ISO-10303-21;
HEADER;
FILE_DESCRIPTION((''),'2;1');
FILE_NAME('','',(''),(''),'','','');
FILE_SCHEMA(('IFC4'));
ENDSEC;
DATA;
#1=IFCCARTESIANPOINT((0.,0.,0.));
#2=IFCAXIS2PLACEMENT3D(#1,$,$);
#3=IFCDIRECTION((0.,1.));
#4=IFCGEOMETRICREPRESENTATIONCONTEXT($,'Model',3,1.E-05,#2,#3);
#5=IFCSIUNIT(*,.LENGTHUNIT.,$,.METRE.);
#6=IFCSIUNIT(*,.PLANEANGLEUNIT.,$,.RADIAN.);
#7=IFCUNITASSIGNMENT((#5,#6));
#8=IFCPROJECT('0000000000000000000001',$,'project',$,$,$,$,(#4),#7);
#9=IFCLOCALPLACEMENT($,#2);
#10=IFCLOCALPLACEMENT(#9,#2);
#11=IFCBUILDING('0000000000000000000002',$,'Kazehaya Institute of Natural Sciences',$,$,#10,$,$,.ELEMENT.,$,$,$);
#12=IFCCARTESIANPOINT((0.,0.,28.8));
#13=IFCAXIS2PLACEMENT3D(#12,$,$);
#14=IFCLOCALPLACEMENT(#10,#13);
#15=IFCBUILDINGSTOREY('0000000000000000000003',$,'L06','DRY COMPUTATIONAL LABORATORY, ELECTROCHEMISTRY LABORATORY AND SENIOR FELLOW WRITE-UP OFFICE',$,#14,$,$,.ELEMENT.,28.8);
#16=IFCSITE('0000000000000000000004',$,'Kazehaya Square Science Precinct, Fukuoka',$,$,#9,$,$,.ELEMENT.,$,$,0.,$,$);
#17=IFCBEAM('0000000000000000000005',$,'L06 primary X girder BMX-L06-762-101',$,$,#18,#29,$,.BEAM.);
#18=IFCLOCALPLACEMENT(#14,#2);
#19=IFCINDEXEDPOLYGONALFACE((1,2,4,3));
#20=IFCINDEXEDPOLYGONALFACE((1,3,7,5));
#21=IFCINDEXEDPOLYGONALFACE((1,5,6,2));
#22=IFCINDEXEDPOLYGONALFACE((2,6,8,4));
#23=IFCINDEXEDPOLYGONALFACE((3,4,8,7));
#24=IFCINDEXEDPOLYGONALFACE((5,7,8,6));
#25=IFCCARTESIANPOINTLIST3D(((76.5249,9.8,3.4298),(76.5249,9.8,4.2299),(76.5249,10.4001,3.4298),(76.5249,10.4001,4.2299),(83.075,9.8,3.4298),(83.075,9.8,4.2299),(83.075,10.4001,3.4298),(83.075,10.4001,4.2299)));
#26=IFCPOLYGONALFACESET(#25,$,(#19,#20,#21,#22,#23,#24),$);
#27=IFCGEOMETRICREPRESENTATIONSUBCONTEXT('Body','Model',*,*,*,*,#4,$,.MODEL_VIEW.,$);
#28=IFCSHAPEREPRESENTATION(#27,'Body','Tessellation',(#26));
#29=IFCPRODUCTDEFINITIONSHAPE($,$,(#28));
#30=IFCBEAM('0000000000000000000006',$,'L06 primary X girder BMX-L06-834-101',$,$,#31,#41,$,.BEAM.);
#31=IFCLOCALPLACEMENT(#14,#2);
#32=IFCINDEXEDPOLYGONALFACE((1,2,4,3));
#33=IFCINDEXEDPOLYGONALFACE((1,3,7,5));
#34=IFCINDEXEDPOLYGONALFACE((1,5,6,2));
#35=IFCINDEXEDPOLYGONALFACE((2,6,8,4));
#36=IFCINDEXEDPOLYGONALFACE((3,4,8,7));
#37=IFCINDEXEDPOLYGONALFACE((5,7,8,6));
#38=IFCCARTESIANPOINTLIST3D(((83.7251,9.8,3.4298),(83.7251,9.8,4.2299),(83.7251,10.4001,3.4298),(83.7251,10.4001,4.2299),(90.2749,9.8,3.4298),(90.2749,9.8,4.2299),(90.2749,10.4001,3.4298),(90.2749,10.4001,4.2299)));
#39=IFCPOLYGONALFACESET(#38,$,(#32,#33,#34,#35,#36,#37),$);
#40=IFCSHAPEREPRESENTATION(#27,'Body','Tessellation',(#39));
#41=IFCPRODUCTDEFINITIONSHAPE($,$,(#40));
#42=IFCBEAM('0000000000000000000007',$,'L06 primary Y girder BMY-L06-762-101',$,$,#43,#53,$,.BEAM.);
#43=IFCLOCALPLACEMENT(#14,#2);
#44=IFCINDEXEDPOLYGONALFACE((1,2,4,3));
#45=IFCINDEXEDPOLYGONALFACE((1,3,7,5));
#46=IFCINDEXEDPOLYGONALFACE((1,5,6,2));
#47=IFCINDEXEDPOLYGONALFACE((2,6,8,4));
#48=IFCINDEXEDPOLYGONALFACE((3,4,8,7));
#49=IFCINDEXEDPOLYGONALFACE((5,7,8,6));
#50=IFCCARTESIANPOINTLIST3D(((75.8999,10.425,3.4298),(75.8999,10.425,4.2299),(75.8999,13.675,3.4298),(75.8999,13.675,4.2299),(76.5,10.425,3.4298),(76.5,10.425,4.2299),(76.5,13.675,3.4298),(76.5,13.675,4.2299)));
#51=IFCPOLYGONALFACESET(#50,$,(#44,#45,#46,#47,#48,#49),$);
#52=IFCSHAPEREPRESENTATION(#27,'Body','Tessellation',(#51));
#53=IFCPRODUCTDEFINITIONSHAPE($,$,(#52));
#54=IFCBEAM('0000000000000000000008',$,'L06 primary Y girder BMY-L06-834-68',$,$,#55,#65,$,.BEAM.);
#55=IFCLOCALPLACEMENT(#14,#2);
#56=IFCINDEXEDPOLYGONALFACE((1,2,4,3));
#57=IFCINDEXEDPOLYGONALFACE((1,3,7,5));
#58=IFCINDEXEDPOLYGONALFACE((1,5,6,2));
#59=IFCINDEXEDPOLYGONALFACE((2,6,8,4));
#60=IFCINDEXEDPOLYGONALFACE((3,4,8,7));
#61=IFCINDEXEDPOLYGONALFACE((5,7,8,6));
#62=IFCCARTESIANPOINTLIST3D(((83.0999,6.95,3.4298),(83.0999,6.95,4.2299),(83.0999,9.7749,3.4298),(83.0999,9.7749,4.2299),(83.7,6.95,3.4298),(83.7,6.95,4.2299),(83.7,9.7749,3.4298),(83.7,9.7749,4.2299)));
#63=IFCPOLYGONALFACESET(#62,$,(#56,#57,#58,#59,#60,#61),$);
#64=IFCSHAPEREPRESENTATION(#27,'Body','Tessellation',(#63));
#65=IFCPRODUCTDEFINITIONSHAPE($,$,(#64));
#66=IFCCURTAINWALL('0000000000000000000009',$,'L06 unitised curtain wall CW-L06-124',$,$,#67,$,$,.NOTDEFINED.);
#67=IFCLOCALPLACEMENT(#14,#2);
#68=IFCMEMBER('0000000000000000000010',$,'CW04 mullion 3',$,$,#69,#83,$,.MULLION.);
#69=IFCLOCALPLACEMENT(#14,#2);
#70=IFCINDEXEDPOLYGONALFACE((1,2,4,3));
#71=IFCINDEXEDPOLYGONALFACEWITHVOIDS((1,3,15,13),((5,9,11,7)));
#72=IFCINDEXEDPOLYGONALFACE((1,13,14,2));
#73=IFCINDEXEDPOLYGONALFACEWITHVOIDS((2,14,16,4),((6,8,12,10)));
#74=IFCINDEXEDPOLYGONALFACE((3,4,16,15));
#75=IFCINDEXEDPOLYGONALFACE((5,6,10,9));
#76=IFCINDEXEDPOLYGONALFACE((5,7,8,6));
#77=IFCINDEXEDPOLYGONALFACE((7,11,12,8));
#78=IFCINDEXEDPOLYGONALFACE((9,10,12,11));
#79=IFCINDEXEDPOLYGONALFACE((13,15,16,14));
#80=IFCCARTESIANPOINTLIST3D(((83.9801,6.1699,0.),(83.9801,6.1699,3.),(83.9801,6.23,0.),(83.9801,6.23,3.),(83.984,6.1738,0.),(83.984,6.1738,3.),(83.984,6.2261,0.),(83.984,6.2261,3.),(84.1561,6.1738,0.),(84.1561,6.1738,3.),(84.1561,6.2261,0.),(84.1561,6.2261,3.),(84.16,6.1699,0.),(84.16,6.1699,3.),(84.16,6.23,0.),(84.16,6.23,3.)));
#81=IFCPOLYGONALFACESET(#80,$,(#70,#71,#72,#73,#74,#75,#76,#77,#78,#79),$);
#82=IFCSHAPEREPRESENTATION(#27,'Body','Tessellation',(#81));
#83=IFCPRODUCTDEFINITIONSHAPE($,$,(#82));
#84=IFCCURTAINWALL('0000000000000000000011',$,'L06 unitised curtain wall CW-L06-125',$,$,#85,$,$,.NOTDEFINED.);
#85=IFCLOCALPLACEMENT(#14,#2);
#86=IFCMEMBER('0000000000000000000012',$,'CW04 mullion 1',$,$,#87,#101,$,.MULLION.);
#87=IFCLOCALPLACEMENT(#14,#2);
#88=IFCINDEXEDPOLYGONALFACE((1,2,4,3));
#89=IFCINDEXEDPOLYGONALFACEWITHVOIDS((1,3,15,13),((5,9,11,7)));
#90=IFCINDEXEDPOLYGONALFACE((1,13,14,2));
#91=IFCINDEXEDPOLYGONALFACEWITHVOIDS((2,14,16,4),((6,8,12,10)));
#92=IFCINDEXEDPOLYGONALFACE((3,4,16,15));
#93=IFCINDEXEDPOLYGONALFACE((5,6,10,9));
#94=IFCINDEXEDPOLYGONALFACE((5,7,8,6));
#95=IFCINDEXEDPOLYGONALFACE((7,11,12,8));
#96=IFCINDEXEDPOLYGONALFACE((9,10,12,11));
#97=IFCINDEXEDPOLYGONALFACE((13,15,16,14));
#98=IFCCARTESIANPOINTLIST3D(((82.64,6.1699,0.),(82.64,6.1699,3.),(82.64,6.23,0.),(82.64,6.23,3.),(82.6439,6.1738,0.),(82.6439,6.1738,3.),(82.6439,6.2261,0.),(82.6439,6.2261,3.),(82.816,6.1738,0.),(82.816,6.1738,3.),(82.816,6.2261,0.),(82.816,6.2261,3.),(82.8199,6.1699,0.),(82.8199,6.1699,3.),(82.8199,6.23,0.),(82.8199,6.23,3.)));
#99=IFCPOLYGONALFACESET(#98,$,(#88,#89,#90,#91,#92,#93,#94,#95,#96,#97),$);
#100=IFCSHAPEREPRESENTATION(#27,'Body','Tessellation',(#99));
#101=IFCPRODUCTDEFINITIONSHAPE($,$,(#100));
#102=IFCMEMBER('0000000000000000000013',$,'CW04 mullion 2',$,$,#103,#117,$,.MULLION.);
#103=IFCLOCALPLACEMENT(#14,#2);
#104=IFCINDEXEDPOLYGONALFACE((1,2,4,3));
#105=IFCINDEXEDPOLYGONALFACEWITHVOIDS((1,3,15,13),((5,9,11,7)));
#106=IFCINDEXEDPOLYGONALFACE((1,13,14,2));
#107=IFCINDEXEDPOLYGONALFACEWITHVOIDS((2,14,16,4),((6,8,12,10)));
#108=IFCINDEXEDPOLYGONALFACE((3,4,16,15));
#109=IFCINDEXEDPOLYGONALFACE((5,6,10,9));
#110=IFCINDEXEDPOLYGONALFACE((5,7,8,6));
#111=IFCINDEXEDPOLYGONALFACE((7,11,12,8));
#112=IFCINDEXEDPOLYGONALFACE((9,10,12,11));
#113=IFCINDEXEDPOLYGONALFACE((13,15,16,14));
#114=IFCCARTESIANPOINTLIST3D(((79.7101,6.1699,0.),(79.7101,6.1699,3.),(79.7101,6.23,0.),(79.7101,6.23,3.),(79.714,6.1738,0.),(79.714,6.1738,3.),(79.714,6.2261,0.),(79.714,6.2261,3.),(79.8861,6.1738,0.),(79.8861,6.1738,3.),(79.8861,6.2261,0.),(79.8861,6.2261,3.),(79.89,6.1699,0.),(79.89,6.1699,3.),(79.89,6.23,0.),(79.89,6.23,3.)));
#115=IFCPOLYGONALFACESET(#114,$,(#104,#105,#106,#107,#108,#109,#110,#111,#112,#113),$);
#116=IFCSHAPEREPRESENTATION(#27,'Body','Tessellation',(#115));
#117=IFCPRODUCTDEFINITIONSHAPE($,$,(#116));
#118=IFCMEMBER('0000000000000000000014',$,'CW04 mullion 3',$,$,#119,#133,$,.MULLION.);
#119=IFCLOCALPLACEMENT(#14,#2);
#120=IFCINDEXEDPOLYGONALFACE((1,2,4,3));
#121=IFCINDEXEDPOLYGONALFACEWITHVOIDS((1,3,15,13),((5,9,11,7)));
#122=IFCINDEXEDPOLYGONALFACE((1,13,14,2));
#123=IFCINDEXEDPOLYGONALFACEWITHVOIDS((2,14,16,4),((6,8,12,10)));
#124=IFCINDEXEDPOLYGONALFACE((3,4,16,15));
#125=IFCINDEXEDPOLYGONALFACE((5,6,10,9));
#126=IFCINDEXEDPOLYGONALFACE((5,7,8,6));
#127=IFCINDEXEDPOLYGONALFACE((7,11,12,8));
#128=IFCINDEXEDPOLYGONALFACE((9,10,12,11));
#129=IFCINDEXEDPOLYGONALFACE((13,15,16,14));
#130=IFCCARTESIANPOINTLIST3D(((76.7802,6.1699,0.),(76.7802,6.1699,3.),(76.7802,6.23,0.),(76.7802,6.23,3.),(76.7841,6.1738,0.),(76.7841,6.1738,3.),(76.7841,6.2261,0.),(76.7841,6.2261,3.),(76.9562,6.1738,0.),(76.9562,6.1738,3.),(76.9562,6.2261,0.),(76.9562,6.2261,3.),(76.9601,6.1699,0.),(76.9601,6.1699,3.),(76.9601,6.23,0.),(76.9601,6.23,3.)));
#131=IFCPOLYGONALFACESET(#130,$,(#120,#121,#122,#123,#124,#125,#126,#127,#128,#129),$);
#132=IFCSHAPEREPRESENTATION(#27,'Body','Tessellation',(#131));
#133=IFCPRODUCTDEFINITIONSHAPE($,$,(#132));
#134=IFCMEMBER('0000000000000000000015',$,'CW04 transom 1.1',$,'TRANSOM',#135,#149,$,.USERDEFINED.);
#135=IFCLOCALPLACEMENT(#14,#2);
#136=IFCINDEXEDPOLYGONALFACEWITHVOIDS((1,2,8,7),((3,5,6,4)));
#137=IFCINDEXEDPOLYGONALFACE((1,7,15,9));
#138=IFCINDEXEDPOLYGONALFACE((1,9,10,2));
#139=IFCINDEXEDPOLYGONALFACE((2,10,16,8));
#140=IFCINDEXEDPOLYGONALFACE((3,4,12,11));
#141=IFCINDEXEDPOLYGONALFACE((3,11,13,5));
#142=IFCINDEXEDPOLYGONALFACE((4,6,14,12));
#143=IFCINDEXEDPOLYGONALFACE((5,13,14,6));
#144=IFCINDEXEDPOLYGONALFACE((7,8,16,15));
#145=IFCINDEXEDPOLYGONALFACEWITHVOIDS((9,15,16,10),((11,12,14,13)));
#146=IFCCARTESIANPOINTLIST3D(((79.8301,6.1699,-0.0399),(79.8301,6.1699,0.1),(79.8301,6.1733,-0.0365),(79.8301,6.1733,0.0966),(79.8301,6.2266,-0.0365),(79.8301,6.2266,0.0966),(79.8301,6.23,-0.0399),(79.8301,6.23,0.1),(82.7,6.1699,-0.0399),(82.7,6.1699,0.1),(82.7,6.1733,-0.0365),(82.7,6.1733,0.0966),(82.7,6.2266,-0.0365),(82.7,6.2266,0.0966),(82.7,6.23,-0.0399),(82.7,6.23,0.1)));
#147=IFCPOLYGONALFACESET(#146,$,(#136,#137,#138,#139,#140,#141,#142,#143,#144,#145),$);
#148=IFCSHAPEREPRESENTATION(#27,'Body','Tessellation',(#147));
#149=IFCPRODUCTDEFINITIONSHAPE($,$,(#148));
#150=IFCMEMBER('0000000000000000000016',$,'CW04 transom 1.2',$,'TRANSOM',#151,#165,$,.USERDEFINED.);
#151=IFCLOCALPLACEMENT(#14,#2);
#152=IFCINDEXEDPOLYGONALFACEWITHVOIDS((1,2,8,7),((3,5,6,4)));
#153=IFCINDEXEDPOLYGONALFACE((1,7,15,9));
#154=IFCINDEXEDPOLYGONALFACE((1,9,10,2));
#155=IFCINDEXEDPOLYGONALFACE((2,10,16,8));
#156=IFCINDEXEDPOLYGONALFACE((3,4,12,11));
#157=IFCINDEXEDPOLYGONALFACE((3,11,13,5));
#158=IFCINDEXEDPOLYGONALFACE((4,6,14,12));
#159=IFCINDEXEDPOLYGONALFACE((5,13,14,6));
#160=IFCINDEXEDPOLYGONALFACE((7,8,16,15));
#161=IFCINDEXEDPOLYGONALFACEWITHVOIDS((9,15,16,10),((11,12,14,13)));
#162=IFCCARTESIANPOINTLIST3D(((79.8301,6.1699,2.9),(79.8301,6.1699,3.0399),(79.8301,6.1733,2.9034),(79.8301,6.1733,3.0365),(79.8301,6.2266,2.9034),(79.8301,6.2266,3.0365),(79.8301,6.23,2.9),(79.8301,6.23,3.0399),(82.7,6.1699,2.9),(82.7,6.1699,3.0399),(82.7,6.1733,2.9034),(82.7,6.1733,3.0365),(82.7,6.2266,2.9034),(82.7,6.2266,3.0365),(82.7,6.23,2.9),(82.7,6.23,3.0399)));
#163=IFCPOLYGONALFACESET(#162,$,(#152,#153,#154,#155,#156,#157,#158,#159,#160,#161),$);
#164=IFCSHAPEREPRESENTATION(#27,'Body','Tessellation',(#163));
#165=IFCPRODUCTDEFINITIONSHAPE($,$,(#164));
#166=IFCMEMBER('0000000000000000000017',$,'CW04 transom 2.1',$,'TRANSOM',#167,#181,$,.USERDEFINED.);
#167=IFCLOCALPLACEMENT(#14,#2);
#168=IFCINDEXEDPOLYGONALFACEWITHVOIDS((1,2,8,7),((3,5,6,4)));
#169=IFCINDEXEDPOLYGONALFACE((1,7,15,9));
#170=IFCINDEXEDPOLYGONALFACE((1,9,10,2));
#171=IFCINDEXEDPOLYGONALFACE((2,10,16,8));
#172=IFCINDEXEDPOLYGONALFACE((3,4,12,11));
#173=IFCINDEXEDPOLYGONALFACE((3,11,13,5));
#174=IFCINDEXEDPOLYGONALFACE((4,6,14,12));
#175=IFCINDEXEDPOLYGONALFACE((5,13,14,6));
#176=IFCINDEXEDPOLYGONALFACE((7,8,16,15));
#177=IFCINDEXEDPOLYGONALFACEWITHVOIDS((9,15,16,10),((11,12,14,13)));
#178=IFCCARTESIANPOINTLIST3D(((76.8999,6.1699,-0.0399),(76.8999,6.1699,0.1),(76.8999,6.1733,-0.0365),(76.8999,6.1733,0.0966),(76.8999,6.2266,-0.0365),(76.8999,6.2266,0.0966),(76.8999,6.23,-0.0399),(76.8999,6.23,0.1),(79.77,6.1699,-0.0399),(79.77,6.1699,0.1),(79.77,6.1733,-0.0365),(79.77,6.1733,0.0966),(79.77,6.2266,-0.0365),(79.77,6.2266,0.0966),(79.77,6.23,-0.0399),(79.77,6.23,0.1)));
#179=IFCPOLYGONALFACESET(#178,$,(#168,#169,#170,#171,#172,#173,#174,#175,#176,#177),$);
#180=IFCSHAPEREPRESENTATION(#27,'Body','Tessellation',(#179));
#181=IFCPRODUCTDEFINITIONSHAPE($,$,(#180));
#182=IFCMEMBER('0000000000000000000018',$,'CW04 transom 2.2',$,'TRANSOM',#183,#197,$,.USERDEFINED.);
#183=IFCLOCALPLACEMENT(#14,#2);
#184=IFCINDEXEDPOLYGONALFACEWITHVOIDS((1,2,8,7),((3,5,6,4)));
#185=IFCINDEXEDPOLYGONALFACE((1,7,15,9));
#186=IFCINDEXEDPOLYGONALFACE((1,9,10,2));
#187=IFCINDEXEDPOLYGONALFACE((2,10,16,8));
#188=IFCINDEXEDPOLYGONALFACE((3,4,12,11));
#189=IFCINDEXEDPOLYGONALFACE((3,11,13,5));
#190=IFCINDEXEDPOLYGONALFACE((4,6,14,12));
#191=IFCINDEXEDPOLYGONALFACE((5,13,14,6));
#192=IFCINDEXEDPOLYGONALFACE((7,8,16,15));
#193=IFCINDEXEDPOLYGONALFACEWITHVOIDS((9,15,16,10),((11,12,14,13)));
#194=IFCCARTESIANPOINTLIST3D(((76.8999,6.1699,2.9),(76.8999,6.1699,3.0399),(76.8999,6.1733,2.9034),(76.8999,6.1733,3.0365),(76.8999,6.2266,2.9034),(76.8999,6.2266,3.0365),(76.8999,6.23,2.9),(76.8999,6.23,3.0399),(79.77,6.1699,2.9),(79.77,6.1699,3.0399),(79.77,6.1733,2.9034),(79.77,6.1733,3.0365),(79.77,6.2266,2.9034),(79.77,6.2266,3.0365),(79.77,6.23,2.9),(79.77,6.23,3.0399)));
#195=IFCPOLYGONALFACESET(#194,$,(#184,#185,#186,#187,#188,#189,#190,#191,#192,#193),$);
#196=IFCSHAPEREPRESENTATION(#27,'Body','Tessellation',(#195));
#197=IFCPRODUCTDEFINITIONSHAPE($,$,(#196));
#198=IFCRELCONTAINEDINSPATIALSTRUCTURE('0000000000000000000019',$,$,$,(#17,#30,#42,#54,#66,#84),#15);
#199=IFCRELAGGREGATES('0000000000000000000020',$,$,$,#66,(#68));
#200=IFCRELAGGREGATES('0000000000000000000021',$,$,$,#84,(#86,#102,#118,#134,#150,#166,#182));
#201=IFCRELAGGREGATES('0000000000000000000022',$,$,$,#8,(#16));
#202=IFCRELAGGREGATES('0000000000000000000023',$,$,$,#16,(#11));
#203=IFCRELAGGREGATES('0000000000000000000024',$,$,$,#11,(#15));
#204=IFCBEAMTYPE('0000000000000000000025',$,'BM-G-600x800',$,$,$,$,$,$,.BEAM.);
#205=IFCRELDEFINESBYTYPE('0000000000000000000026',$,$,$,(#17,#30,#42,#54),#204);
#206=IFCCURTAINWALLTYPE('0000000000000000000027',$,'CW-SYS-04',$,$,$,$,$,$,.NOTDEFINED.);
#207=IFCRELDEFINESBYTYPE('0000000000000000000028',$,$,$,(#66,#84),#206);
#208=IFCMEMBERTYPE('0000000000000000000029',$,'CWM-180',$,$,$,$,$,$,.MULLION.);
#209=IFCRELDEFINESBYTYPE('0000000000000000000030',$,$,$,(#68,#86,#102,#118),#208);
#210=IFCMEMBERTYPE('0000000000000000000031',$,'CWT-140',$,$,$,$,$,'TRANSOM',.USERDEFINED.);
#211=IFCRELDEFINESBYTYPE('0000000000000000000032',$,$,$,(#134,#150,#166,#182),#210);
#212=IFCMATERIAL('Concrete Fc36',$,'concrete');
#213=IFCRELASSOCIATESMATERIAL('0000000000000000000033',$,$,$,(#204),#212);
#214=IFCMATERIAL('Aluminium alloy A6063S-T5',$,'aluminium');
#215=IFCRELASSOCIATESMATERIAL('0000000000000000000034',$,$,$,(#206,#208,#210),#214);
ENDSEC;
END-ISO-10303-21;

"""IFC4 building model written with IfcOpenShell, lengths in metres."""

from ifc_helpers import new_model, si_unit, direction, frame, origin, origin_2d, place, context, subcontext, project, spatial, rectangle, hollow_rectangle, extrude, material, material_profile, profile_set, type_object, element, aggregate, save


model = new_model("IFC4")

# Units and contexts
model_context = context("Model", 3, precision=1e-05, world=origin(), true_north=direction((0.0, 1.0)))
body_context = subcontext(model_context, "Body", "Model", "MODEL_VIEW")
ifc_project = project(units=[si_unit("LENGTHUNIT", "METRE"), si_unit("PLANEANGLEUNIT", "RADIAN")], contexts=[model_context])

# Site, building, storey
site_placement = place(None, origin())
site = spatial("IfcSite", under=ifc_project, at=site_placement, Name="Kazehaya Square Science Precinct, Fukuoka", CompositionType="ELEMENT", RefElevation=0.0)
building_placement = place(site_placement, origin())
building = spatial("IfcBuilding", under=site, at=building_placement, Name="Kazehaya Institute of Natural Sciences", CompositionType="ELEMENT")
storey_placement = place(building_placement, frame((0.0, 0.0, 28.8)))
storey = spatial("IfcBuildingStorey", under=building, at=storey_placement, Name="L06", Description="DRY COMPUTATIONAL LABORATORY, ELECTROCHEMISTRY LABORATORY AND SENIOR FELLOW WRITE-UP OFFICE", CompositionType="ELEMENT", Elevation=28.8)

# Shared definitions
ifc_material_1 = material(Name="Concrete Fc36", Category="concrete")

# Beams
ifc_material_profile_1 = material_profile(ifc_material_1, rectangle(XDim=0.6001, YDim=0.8, at=origin_2d()), Name="RC-600x800")
ifc_profile_set_1 = profile_set([ifc_material_profile_1], Name="Concrete Fc36")
beam_type = type_object("IfcBeamType", Name="BM-G-600x800", PredefinedType="BEAM", material=ifc_profile_set_1)
beam_1_placement = place(storey_placement, frame((76.5249, 10.1001, 3.8298), z_axis=(1.0, 0.0, 0.0), x_axis=(0.0, 1.0, 0.0)))
element("IfcBeam", 1, at=beam_1_placement, inside=storey, type_object=beam_type, Name="L06 primary X girder BMX-L06-762-101", PredefinedType="BEAM", context=body_context, shape_type="SweptSolid", body=[
    extrude(rectangle(XDim=0.6001, YDim=0.8, at=origin_2d()), origin(), (0.0, 0.0, 1.0), 6.55),
])
beam_2_placement = place(storey_placement, frame((83.7251, 10.1001, 3.8298), z_axis=(1.0, 0.0, 0.0), x_axis=(0.0, 1.0, 0.0)))
element("IfcBeam", 2, at=beam_2_placement, inside=storey, type_object=beam_type, Name="L06 primary X girder BMX-L06-834-101", PredefinedType="BEAM", context=body_context, shape_type="SweptSolid", body=[
    extrude(rectangle(XDim=0.6001, YDim=0.8, at=origin_2d()), origin(), (0.0, 0.0, 1.0), 6.5498),
])
beam_3_placement = place(storey_placement, frame((76.2, 10.425, 3.8298), z_axis=(0.0, 1.0, 0.0), x_axis=(-1.0, 0.0, 0.0)))
element("IfcBeam", 3, at=beam_3_placement, inside=storey, type_object=beam_type, Name="L06 primary Y girder BMY-L06-762-101", PredefinedType="BEAM", context=body_context, shape_type="SweptSolid", body=[
    extrude(rectangle(XDim=0.6001, YDim=0.8, at=origin_2d()), origin(), (0.0, 0.0, 1.0), 3.25),
])
beam_4_placement = place(storey_placement, frame((83.3999, 6.95, 3.8298), z_axis=(0.0, 1.0, 0.0), x_axis=(-1.0, 0.0, 0.0)))
element("IfcBeam", 4, at=beam_4_placement, inside=storey, type_object=beam_type, Name="L06 primary Y girder BMY-L06-834-68", PredefinedType="BEAM", context=body_context, shape_type="SweptSolid", body=[
    extrude(rectangle(XDim=0.6001, YDim=0.8, at=origin_2d()), origin(), (0.0, 0.0, 1.0), 2.825),
])

# Curtain wall, member
ifc_material_2 = material(Name="Aluminium alloy A6063S-T5", Category="aluminium")
curtain_wall_type = type_object("IfcCurtainWallType", Name="CW-SYS-04", PredefinedType="NOTDEFINED", material=ifc_material_2)
curtain_wall_1_placement = place(storey_placement, origin())
curtain_wall_1 = element("IfcCurtainWall", 5, at=curtain_wall_1_placement, inside=storey, type_object=curtain_wall_type, Name="L06 unitised curtain wall CW-L06-124", PredefinedType="NOTDEFINED")
ifc_material_profile_2 = material_profile(ifc_material_2, hollow_rectangle(XDim=0.0601, YDim=0.1799, WallThickness=0.0039, at=origin_2d()), Name="ALU-60x180x4")
ifc_profile_set_2 = profile_set([ifc_material_profile_2], Name="Aluminium alloy A6063S-T5")
member_type_1 = type_object("IfcMemberType", Name="CWM-180", PredefinedType="MULLION", material=ifc_profile_set_2)
member_1_placement = place(storey_placement, frame((84.0701, 6.2, 0.0), z_axis=(0.0, 0.0, 1.0), x_axis=(0.0, -1.0, 0.0)))
member_1 = element("IfcMember", 6, at=member_1_placement, type_object=member_type_1, Name="CW04 mullion 3", PredefinedType="MULLION", context=body_context, shape_type="SweptSolid", body=[
    extrude(hollow_rectangle(XDim=0.0601, YDim=0.1799, WallThickness=0.0039, at=origin_2d()), origin(), (0.0, 0.0, 1.0), 3.0),
])
aggregate(curtain_wall_1, [member_1])

# Curtain wall, members
curtain_wall_2_placement = place(storey_placement, origin())
curtain_wall_2 = element("IfcCurtainWall", 7, at=curtain_wall_2_placement, inside=storey, type_object=curtain_wall_type, Name="L06 unitised curtain wall CW-L06-125", PredefinedType="NOTDEFINED")
member_2_placement = place(storey_placement, frame((82.73, 6.2, 0.0), z_axis=(0.0, 0.0, 1.0), x_axis=(0.0, -1.0, 0.0)))
member_2 = element("IfcMember", 8, at=member_2_placement, type_object=member_type_1, Name="CW04 mullion 1", PredefinedType="MULLION", context=body_context, shape_type="SweptSolid", body=[
    extrude(hollow_rectangle(XDim=0.0601, YDim=0.1799, WallThickness=0.0039, at=origin_2d()), origin(), (0.0, 0.0, 1.0), 3.0),
])
member_3_placement = place(storey_placement, frame((79.8, 6.2, 0.0), z_axis=(0.0, 0.0, 1.0), x_axis=(0.0, -1.0, 0.0)))
member_3 = element("IfcMember", 9, at=member_3_placement, type_object=member_type_1, Name="CW04 mullion 2", PredefinedType="MULLION", context=body_context, shape_type="SweptSolid", body=[
    extrude(hollow_rectangle(XDim=0.0601, YDim=0.1799, WallThickness=0.0039, at=origin_2d()), origin(), (0.0, 0.0, 1.0), 3.0),
])
member_4_placement = place(storey_placement, frame((76.8701, 6.2, 0.0), z_axis=(0.0, 0.0, 1.0), x_axis=(0.0, -1.0, 0.0)))
member_4 = element("IfcMember", 10, at=member_4_placement, type_object=member_type_1, Name="CW04 mullion 3", PredefinedType="MULLION", context=body_context, shape_type="SweptSolid", body=[
    extrude(hollow_rectangle(XDim=0.0601, YDim=0.1799, WallThickness=0.0039, at=origin_2d()), origin(), (0.0, 0.0, 1.0), 3.0),
])
ifc_material_profile_3 = material_profile(ifc_material_2, hollow_rectangle(XDim=0.0601, YDim=0.1399, WallThickness=0.0034, at=origin_2d()), Name="ALU-60x140x3.5")
ifc_profile_set_3 = profile_set([ifc_material_profile_3], Name="Aluminium alloy A6063S-T5")
member_type_2 = type_object("IfcMemberType", Name="CWT-140", ElementType="TRANSOM", PredefinedType="USERDEFINED", material=ifc_profile_set_3)
member_5_placement = place(storey_placement, frame((82.7, 6.2, 0.03), z_axis=(-1.0, 0.0, 0.0), x_axis=(0.0, -1.0, 0.0)))
member_5 = element("IfcMember", 11, at=member_5_placement, type_object=member_type_2, Name="CW04 transom 1.1", ObjectType="TRANSOM", PredefinedType="USERDEFINED", context=body_context, shape_type="SweptSolid", body=[
    extrude(hollow_rectangle(XDim=0.0601, YDim=0.1399, WallThickness=0.0034, at=origin_2d()), origin(), (0.0, 0.0, 1.0), 2.8699),
])
member_6_placement = place(storey_placement, frame((82.7, 6.2, 2.97), z_axis=(-1.0, 0.0, 0.0), x_axis=(0.0, -1.0, 0.0)))
member_6 = element("IfcMember", 12, at=member_6_placement, type_object=member_type_2, Name="CW04 transom 1.2", ObjectType="TRANSOM", PredefinedType="USERDEFINED", context=body_context, shape_type="SweptSolid", body=[
    extrude(hollow_rectangle(XDim=0.0601, YDim=0.1399, WallThickness=0.0034, at=origin_2d()), origin(), (0.0, 0.0, 1.0), 2.8699),
])
member_7_placement = place(storey_placement, frame((79.77, 6.2, 0.03), z_axis=(-1.0, 0.0, 0.0), x_axis=(0.0, -1.0, 0.0)))
member_7 = element("IfcMember", 13, at=member_7_placement, type_object=member_type_2, Name="CW04 transom 2.1", ObjectType="TRANSOM", PredefinedType="USERDEFINED", context=body_context, shape_type="SweptSolid", body=[
    extrude(hollow_rectangle(XDim=0.0601, YDim=0.1399, WallThickness=0.0034, at=origin_2d()), origin(), (0.0, 0.0, 1.0), 2.8701),
])
member_8_placement = place(storey_placement, frame((79.77, 6.2, 2.97), z_axis=(-1.0, 0.0, 0.0), x_axis=(0.0, -1.0, 0.0)))
member_8 = element("IfcMember", 14, at=member_8_placement, type_object=member_type_2, Name="CW04 transom 2.2", ObjectType="TRANSOM", PredefinedType="USERDEFINED", context=body_context, shape_type="SweptSolid", body=[
    extrude(hollow_rectangle(XDim=0.0601, YDim=0.1399, WallThickness=0.0034, at=origin_2d()), origin(), (0.0, 0.0, 1.0), 2.8701),
])
aggregate(curtain_wall_2, [member_2, member_3, member_4, member_5, member_6, member_7, member_8])

save(model, "model.ifc")
